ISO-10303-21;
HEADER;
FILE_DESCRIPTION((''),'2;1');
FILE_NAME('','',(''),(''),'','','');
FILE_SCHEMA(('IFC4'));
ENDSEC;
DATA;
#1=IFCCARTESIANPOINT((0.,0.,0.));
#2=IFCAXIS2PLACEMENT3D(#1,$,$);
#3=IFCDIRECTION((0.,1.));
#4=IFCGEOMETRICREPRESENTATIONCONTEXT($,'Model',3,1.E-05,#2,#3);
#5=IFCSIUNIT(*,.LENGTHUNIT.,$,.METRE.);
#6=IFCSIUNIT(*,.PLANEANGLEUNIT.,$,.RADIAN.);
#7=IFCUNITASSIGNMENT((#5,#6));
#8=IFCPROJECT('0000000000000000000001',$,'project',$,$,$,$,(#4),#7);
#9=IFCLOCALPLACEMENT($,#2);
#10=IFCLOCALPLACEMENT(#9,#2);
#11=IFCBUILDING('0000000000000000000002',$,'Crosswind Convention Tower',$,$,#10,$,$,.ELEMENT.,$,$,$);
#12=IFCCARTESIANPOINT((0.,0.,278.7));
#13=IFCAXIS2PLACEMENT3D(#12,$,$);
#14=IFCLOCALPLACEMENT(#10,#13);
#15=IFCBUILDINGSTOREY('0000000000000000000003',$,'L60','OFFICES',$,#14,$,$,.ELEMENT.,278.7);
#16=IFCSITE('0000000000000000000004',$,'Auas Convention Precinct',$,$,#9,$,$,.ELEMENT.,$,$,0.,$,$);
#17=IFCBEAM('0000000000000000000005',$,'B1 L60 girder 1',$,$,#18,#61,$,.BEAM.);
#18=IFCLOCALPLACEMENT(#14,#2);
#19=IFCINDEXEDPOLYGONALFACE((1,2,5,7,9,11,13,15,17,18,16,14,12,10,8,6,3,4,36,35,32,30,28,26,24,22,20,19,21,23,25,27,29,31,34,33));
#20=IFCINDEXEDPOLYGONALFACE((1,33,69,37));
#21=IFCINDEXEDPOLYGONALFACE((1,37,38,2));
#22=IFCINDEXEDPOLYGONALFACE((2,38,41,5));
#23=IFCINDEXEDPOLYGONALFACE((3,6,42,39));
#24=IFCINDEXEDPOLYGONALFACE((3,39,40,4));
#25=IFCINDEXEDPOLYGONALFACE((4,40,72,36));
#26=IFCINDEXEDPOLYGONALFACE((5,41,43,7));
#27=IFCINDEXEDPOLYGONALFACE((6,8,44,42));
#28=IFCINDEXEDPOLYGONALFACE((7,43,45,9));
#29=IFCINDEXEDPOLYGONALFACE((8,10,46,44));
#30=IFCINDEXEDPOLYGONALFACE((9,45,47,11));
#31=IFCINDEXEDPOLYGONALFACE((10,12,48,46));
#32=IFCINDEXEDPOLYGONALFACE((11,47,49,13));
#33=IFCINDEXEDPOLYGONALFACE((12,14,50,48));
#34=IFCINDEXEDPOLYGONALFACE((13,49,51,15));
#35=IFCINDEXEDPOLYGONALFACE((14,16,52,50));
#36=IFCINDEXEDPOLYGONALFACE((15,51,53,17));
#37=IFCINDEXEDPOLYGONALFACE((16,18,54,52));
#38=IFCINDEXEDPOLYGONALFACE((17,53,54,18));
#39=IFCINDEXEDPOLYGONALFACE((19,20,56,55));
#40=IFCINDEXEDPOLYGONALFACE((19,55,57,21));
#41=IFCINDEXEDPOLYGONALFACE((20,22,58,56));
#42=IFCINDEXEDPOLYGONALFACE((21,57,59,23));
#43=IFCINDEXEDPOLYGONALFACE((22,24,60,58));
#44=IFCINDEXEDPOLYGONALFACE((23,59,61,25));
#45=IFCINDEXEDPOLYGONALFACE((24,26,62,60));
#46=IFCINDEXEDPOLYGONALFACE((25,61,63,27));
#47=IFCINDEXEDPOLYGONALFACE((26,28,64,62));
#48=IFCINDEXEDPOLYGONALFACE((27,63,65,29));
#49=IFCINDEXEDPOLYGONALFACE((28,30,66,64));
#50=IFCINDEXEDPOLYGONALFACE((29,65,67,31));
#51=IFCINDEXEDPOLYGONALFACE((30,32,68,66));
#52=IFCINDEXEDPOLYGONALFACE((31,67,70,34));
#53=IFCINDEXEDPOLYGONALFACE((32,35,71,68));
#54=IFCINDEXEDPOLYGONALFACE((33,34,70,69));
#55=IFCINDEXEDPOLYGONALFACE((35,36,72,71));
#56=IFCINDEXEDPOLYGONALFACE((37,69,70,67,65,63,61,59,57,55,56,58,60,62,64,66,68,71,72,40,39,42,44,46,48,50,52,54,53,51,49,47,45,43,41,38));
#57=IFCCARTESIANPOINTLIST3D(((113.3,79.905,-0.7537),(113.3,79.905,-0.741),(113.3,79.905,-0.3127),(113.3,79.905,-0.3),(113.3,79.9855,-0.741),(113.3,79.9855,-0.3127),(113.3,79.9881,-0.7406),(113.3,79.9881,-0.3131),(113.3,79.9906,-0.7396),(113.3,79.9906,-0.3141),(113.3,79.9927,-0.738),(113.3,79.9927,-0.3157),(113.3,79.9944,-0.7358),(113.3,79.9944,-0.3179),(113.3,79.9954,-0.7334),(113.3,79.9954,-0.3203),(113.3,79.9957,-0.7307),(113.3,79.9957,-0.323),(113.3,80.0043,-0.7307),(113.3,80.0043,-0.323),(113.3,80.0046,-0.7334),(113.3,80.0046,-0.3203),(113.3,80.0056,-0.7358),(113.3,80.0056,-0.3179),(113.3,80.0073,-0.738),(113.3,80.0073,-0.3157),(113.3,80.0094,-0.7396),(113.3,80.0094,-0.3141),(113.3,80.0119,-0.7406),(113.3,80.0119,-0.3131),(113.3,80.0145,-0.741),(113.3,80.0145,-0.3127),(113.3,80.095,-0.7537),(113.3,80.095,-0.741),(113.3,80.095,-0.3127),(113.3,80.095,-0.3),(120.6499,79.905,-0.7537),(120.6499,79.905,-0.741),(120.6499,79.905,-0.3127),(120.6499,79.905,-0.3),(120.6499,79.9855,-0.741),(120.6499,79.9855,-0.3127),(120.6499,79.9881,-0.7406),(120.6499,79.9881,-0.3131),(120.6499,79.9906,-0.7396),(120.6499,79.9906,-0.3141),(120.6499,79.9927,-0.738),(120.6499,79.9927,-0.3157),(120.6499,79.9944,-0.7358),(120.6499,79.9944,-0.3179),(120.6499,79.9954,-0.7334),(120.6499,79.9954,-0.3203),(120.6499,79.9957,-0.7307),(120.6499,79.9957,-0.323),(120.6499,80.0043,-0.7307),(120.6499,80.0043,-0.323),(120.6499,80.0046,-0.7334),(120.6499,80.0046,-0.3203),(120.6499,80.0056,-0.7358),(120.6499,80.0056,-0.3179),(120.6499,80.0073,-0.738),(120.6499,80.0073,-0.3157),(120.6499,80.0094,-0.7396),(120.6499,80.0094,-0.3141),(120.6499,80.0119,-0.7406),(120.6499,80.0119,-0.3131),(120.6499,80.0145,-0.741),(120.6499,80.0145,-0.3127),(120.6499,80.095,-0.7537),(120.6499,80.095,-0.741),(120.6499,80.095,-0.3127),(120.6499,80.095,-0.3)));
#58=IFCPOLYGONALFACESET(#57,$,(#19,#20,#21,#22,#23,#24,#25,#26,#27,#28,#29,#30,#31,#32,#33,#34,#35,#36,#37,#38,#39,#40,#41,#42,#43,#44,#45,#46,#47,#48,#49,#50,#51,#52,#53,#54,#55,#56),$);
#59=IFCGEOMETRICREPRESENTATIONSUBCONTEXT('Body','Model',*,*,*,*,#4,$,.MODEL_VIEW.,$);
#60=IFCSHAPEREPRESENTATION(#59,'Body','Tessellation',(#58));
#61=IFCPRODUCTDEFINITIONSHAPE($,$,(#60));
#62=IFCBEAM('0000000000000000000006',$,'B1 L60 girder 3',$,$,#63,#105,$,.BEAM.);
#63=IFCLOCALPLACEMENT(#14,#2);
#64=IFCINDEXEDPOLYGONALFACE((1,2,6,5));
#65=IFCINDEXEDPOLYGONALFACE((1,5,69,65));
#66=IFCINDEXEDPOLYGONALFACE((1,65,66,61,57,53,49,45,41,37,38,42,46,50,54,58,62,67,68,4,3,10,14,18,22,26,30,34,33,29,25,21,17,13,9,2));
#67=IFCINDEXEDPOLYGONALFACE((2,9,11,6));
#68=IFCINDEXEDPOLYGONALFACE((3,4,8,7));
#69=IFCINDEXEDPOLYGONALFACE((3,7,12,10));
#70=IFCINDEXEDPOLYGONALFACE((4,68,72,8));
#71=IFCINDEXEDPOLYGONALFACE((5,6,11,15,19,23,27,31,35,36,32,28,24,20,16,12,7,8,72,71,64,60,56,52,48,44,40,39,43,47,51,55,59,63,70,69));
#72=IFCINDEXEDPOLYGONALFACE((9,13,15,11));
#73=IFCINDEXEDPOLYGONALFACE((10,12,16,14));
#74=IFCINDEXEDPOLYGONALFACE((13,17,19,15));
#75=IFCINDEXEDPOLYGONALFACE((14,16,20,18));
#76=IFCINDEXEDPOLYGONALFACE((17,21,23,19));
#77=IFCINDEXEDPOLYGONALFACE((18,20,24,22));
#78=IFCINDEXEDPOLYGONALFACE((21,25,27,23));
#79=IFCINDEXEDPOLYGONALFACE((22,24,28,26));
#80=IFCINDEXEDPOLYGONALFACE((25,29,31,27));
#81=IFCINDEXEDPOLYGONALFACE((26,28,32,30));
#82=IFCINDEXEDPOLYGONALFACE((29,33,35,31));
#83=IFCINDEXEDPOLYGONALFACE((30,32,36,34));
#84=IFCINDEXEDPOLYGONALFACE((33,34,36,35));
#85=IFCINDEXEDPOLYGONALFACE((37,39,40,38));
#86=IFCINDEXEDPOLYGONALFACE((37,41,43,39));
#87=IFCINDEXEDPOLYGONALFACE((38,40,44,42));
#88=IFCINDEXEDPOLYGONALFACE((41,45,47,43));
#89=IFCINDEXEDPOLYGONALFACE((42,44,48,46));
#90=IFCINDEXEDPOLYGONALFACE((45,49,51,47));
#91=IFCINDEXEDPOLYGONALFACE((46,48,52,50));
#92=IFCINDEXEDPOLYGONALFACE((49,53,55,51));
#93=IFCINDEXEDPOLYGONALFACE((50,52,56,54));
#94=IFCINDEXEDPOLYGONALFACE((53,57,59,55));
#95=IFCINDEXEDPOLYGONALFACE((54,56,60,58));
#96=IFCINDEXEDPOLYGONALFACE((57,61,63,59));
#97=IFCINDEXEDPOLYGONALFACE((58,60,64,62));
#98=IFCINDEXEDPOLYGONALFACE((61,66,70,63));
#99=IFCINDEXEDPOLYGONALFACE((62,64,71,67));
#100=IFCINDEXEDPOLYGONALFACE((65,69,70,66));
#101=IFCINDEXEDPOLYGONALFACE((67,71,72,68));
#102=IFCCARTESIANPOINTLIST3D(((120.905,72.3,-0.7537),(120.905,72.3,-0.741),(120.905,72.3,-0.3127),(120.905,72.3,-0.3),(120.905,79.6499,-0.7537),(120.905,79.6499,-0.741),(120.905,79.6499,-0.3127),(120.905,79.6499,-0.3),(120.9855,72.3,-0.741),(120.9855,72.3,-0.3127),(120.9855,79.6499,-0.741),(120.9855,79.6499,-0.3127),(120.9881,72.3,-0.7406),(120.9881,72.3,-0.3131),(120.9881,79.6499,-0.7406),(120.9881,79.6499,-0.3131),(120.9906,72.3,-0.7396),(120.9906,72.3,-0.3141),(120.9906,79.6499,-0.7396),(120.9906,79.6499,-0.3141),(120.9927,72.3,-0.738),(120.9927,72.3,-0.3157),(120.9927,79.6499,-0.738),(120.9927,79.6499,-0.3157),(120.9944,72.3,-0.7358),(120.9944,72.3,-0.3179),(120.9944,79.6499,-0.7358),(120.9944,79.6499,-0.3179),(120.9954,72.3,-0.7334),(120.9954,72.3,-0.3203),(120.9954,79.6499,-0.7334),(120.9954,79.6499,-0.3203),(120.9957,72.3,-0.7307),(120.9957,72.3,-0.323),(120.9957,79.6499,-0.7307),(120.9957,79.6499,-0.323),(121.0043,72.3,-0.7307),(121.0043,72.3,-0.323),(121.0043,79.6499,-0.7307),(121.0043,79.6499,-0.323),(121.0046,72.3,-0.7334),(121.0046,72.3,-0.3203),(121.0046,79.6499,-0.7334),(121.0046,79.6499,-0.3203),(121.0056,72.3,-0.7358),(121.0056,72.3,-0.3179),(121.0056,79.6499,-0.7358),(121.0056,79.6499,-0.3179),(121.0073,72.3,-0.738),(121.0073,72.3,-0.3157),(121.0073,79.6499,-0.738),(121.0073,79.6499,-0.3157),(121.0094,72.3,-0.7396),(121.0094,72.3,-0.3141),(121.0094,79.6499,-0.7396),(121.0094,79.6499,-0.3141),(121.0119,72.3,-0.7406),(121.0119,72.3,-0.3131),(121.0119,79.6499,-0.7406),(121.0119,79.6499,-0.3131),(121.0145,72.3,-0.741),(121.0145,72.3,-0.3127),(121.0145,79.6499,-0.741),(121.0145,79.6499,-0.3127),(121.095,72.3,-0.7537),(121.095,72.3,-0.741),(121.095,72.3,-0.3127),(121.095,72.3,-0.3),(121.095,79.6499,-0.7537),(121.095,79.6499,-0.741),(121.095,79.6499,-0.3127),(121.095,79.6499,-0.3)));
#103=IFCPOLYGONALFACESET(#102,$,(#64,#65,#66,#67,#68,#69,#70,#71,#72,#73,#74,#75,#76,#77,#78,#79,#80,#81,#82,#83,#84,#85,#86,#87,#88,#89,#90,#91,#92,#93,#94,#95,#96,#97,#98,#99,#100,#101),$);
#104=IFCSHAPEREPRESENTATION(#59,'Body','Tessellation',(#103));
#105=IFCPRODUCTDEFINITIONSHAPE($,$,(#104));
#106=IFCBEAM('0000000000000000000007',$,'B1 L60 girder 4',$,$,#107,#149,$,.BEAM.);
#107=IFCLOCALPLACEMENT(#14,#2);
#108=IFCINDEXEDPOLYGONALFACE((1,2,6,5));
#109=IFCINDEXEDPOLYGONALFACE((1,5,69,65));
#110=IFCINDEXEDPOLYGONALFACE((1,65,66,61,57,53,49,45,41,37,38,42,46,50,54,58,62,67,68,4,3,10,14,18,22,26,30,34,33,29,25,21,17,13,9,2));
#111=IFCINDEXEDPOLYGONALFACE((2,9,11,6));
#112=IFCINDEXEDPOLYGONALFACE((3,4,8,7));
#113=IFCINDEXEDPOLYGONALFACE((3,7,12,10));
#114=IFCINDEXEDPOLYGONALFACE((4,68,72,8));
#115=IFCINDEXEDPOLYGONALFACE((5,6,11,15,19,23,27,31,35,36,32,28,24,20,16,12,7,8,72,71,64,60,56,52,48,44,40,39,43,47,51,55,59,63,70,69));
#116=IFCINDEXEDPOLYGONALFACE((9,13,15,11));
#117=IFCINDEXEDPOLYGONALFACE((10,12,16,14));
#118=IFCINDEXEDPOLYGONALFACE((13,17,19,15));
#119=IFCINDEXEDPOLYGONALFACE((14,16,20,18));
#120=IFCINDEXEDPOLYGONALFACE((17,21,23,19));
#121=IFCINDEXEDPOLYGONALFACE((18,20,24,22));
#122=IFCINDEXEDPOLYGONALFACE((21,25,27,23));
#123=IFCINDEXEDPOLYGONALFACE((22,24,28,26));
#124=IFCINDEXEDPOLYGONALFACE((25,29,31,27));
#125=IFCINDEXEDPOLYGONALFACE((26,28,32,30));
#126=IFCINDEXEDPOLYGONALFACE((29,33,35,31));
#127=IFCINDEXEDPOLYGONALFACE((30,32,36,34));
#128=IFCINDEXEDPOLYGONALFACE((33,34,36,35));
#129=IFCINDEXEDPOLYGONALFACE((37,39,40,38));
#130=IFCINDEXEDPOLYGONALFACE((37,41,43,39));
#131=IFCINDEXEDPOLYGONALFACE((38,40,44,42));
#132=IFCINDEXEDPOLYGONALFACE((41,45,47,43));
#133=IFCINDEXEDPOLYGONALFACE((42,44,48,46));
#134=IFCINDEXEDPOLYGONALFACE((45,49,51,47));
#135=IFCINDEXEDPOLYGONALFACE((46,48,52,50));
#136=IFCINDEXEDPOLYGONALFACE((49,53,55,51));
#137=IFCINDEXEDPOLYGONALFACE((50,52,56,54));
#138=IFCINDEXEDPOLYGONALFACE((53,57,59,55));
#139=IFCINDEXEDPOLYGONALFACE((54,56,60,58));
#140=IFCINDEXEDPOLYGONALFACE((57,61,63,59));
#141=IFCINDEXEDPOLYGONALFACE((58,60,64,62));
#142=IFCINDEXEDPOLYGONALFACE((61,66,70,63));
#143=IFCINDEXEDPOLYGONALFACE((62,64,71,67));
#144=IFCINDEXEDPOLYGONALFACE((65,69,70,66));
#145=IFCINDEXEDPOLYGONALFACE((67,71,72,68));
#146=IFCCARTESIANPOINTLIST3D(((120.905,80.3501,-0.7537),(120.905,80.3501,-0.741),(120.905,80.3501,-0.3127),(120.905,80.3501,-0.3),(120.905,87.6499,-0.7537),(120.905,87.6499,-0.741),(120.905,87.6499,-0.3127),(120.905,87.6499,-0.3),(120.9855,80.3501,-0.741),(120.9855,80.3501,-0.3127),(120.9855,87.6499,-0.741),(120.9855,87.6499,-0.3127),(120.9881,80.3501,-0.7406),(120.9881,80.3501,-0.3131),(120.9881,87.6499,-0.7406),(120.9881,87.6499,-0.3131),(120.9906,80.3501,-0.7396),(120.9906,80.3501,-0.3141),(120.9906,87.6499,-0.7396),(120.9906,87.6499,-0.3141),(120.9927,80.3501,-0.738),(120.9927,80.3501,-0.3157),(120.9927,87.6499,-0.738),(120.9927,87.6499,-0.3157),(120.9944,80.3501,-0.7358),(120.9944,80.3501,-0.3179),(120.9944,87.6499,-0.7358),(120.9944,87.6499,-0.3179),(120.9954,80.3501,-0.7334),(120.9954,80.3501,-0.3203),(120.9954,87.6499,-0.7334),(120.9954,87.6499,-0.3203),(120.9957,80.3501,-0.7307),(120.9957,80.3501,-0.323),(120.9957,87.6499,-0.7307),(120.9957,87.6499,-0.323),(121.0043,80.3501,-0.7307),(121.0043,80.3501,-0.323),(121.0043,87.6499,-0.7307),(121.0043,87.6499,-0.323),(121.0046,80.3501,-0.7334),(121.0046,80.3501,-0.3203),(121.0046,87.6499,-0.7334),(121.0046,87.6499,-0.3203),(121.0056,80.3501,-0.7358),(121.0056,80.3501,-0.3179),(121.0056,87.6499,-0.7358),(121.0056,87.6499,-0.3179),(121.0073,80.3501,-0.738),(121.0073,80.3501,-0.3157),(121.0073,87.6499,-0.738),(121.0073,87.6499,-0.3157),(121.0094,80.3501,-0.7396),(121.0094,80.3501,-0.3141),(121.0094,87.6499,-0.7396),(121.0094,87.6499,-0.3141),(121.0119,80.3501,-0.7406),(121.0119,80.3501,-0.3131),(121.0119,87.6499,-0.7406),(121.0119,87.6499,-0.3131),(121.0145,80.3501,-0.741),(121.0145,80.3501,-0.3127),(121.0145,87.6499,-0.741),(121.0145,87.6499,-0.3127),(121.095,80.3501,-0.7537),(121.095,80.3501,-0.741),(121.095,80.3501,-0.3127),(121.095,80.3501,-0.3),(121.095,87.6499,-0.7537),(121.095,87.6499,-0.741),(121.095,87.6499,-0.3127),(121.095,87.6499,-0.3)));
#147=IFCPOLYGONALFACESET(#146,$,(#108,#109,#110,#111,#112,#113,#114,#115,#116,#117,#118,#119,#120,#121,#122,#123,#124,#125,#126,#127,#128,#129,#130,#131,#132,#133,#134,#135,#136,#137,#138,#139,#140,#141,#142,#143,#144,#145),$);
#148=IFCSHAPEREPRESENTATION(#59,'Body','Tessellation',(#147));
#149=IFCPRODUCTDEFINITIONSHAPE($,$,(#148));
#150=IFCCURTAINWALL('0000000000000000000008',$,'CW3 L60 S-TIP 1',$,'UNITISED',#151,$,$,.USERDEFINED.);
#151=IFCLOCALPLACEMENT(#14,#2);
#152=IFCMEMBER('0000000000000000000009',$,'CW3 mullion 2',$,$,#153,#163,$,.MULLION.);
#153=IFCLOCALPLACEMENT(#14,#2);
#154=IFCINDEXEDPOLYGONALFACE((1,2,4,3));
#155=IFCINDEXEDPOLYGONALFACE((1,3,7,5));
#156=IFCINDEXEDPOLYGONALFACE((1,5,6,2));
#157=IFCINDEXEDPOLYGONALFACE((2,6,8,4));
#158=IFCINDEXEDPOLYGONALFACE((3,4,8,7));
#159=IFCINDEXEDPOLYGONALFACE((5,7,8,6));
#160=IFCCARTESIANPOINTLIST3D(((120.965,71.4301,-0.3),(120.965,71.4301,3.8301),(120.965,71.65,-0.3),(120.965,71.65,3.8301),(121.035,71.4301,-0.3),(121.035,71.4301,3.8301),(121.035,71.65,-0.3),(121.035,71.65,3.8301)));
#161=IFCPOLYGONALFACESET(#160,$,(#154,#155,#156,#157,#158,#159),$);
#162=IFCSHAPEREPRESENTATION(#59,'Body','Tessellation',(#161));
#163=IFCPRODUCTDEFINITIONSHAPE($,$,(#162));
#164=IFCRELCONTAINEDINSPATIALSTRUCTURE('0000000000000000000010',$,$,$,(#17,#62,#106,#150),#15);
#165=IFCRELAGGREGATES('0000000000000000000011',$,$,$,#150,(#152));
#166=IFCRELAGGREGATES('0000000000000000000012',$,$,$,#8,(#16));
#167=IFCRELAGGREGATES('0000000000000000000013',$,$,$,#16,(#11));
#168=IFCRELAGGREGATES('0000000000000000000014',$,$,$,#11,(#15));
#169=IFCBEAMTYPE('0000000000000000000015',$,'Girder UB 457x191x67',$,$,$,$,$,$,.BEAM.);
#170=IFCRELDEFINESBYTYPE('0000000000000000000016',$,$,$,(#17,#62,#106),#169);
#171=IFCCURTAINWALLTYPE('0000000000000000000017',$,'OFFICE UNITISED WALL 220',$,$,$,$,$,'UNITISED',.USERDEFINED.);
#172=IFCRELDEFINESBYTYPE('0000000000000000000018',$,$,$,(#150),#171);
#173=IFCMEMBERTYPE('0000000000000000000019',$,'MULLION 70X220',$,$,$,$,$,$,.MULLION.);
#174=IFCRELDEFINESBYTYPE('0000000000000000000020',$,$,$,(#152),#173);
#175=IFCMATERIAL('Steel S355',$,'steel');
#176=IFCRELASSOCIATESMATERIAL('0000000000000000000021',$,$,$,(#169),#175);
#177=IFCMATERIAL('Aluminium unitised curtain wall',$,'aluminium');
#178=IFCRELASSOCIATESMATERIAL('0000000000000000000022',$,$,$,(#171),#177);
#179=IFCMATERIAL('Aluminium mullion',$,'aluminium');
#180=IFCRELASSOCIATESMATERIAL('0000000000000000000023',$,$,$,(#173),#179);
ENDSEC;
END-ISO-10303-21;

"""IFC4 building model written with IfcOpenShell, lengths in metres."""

from ifc_helpers import new_model, si_unit, direction, frame, origin, origin_2d, place, context, subcontext, project, spatial, rectangle, i_section, extrude, material, material_profile, profile_set, type_object, element, aggregate, save


model = new_model("IFC4")

# Units and contexts
model_context = context("Model", 3, precision=1e-05, world=origin(), true_north=direction((0.0, 1.0)))
body_context = subcontext(model_context, "Body", "Model", "MODEL_VIEW")
ifc_project = project(units=[si_unit("LENGTHUNIT", "METRE"), si_unit("PLANEANGLEUNIT", "RADIAN")], contexts=[model_context])

# Site, building, storey
site_placement = place(None, origin())
site = spatial("IfcSite", under=ifc_project, at=site_placement, Name="Auas Convention Precinct", CompositionType="ELEMENT", RefElevation=0.0)
building_placement = place(site_placement, origin())
building = spatial("IfcBuilding", under=site, at=building_placement, Name="Crosswind Convention Tower", CompositionType="ELEMENT")
storey_placement = place(building_placement, frame((0.0, 0.0, 278.7)))
storey = spatial("IfcBuildingStorey", under=building, at=storey_placement, Name="L60", Description="OFFICES", CompositionType="ELEMENT", Elevation=278.7)

# Beams
ifc_material_1 = material(Name="Steel S355", Category="steel")
ifc_material_profile_1 = material_profile(ifc_material_1, i_section(OverallWidth=0.1899, OverallDepth=0.4536, WebThickness=0.0085, FlangeThickness=0.0127, FilletRadius=0.0103, at=origin_2d()), Name="UB 457x191x67")
ifc_profile_set_1 = profile_set([ifc_material_profile_1], Name="Steel S355")
beam_type_1 = type_object("IfcBeamType", Name="Girder UB 457x191x67", PredefinedType="BEAM", material=ifc_profile_set_1)
for number, where, z_axis, x_axis, name in (
    (1, (113.3, 80.0, -0.5269), (1.0, 0.0, 0.0), (0.0, 1.0, 0.0), "B1 L60 girder 1"),
    (2, (121.0, 72.3, -0.5269), (0.0, 1.0, 0.0), (-1.0, 0.0, 0.0), "B1 L60 girder 3"),
):
    element("IfcBeam", number, at=place(storey_placement, frame(where, z_axis=z_axis, x_axis=x_axis)), inside=storey, type_object=beam_type_1, Name=name, PredefinedType="BEAM", context=body_context, shape_type="SweptSolid", body=[
        extrude(i_section(OverallWidth=0.1899, OverallDepth=0.4536, WebThickness=0.0085, FlangeThickness=0.0127, FilletRadius=0.0103, at=origin_2d()), origin(), (0.0, 0.0, 1.0), 7.3499),
    ])
beam_1_placement = place(storey_placement, frame((121.0, 80.3501, -0.5269), z_axis=(0.0, 1.0, 0.0), x_axis=(-1.0, 0.0, 0.0)))
element("IfcBeam", 3, at=beam_1_placement, inside=storey, type_object=beam_type_1, Name="B1 L60 girder 4", PredefinedType="BEAM", context=body_context, shape_type="SweptSolid", body=[
    extrude(i_section(OverallWidth=0.1899, OverallDepth=0.4536, WebThickness=0.0085, FlangeThickness=0.0127, FilletRadius=0.0103, at=origin_2d()), origin(), (0.0, 0.0, 1.0), 7.2998),
])

# Curtain wall, member
ifc_material_2 = material(Name="Aluminium unitised curtain wall", Category="aluminium")
curtain_wall_type = type_object("IfcCurtainWallType", Name="OFFICE UNITISED WALL 220", ElementType="UNITISED", PredefinedType="USERDEFINED", material=ifc_material_2)
curtain_wall_placement = place(storey_placement, origin())
curtain_wall = element("IfcCurtainWall", 4, at=curtain_wall_placement, inside=storey, type_object=curtain_wall_type, Name="CW3 L60 S-TIP 1", ObjectType="UNITISED", PredefinedType="USERDEFINED")
ifc_material_3 = material(Name="Aluminium mullion", Category="aluminium")
ifc_material_profile_2 = material_profile(ifc_material_3, rectangle(XDim=0.22, YDim=0.0701, at=origin_2d()), Name="AL 220X70")
ifc_profile_set_2 = profile_set([ifc_material_profile_2], Name="Aluminium mullion")
member_type = type_object("IfcMemberType", Name="MULLION 70X220", PredefinedType="MULLION", material=ifc_profile_set_2)
member_placement = place(storey_placement, frame((121.0, 71.54, -0.3), z_axis=(0.0, 0.0, 1.0), x_axis=(0.0, -1.0, 0.0)))
member = element("IfcMember", 5, at=member_placement, type_object=member_type, Name="CW3 mullion 2", PredefinedType="MULLION", context=body_context, shape_type="SweptSolid", body=[
    extrude(rectangle(XDim=0.22, YDim=0.0701, at=origin_2d()), origin(), (0.0, 0.0, 1.0), 4.1301),
])

aggregate(curtain_wall, [member])

save(model, "model.ifc")
